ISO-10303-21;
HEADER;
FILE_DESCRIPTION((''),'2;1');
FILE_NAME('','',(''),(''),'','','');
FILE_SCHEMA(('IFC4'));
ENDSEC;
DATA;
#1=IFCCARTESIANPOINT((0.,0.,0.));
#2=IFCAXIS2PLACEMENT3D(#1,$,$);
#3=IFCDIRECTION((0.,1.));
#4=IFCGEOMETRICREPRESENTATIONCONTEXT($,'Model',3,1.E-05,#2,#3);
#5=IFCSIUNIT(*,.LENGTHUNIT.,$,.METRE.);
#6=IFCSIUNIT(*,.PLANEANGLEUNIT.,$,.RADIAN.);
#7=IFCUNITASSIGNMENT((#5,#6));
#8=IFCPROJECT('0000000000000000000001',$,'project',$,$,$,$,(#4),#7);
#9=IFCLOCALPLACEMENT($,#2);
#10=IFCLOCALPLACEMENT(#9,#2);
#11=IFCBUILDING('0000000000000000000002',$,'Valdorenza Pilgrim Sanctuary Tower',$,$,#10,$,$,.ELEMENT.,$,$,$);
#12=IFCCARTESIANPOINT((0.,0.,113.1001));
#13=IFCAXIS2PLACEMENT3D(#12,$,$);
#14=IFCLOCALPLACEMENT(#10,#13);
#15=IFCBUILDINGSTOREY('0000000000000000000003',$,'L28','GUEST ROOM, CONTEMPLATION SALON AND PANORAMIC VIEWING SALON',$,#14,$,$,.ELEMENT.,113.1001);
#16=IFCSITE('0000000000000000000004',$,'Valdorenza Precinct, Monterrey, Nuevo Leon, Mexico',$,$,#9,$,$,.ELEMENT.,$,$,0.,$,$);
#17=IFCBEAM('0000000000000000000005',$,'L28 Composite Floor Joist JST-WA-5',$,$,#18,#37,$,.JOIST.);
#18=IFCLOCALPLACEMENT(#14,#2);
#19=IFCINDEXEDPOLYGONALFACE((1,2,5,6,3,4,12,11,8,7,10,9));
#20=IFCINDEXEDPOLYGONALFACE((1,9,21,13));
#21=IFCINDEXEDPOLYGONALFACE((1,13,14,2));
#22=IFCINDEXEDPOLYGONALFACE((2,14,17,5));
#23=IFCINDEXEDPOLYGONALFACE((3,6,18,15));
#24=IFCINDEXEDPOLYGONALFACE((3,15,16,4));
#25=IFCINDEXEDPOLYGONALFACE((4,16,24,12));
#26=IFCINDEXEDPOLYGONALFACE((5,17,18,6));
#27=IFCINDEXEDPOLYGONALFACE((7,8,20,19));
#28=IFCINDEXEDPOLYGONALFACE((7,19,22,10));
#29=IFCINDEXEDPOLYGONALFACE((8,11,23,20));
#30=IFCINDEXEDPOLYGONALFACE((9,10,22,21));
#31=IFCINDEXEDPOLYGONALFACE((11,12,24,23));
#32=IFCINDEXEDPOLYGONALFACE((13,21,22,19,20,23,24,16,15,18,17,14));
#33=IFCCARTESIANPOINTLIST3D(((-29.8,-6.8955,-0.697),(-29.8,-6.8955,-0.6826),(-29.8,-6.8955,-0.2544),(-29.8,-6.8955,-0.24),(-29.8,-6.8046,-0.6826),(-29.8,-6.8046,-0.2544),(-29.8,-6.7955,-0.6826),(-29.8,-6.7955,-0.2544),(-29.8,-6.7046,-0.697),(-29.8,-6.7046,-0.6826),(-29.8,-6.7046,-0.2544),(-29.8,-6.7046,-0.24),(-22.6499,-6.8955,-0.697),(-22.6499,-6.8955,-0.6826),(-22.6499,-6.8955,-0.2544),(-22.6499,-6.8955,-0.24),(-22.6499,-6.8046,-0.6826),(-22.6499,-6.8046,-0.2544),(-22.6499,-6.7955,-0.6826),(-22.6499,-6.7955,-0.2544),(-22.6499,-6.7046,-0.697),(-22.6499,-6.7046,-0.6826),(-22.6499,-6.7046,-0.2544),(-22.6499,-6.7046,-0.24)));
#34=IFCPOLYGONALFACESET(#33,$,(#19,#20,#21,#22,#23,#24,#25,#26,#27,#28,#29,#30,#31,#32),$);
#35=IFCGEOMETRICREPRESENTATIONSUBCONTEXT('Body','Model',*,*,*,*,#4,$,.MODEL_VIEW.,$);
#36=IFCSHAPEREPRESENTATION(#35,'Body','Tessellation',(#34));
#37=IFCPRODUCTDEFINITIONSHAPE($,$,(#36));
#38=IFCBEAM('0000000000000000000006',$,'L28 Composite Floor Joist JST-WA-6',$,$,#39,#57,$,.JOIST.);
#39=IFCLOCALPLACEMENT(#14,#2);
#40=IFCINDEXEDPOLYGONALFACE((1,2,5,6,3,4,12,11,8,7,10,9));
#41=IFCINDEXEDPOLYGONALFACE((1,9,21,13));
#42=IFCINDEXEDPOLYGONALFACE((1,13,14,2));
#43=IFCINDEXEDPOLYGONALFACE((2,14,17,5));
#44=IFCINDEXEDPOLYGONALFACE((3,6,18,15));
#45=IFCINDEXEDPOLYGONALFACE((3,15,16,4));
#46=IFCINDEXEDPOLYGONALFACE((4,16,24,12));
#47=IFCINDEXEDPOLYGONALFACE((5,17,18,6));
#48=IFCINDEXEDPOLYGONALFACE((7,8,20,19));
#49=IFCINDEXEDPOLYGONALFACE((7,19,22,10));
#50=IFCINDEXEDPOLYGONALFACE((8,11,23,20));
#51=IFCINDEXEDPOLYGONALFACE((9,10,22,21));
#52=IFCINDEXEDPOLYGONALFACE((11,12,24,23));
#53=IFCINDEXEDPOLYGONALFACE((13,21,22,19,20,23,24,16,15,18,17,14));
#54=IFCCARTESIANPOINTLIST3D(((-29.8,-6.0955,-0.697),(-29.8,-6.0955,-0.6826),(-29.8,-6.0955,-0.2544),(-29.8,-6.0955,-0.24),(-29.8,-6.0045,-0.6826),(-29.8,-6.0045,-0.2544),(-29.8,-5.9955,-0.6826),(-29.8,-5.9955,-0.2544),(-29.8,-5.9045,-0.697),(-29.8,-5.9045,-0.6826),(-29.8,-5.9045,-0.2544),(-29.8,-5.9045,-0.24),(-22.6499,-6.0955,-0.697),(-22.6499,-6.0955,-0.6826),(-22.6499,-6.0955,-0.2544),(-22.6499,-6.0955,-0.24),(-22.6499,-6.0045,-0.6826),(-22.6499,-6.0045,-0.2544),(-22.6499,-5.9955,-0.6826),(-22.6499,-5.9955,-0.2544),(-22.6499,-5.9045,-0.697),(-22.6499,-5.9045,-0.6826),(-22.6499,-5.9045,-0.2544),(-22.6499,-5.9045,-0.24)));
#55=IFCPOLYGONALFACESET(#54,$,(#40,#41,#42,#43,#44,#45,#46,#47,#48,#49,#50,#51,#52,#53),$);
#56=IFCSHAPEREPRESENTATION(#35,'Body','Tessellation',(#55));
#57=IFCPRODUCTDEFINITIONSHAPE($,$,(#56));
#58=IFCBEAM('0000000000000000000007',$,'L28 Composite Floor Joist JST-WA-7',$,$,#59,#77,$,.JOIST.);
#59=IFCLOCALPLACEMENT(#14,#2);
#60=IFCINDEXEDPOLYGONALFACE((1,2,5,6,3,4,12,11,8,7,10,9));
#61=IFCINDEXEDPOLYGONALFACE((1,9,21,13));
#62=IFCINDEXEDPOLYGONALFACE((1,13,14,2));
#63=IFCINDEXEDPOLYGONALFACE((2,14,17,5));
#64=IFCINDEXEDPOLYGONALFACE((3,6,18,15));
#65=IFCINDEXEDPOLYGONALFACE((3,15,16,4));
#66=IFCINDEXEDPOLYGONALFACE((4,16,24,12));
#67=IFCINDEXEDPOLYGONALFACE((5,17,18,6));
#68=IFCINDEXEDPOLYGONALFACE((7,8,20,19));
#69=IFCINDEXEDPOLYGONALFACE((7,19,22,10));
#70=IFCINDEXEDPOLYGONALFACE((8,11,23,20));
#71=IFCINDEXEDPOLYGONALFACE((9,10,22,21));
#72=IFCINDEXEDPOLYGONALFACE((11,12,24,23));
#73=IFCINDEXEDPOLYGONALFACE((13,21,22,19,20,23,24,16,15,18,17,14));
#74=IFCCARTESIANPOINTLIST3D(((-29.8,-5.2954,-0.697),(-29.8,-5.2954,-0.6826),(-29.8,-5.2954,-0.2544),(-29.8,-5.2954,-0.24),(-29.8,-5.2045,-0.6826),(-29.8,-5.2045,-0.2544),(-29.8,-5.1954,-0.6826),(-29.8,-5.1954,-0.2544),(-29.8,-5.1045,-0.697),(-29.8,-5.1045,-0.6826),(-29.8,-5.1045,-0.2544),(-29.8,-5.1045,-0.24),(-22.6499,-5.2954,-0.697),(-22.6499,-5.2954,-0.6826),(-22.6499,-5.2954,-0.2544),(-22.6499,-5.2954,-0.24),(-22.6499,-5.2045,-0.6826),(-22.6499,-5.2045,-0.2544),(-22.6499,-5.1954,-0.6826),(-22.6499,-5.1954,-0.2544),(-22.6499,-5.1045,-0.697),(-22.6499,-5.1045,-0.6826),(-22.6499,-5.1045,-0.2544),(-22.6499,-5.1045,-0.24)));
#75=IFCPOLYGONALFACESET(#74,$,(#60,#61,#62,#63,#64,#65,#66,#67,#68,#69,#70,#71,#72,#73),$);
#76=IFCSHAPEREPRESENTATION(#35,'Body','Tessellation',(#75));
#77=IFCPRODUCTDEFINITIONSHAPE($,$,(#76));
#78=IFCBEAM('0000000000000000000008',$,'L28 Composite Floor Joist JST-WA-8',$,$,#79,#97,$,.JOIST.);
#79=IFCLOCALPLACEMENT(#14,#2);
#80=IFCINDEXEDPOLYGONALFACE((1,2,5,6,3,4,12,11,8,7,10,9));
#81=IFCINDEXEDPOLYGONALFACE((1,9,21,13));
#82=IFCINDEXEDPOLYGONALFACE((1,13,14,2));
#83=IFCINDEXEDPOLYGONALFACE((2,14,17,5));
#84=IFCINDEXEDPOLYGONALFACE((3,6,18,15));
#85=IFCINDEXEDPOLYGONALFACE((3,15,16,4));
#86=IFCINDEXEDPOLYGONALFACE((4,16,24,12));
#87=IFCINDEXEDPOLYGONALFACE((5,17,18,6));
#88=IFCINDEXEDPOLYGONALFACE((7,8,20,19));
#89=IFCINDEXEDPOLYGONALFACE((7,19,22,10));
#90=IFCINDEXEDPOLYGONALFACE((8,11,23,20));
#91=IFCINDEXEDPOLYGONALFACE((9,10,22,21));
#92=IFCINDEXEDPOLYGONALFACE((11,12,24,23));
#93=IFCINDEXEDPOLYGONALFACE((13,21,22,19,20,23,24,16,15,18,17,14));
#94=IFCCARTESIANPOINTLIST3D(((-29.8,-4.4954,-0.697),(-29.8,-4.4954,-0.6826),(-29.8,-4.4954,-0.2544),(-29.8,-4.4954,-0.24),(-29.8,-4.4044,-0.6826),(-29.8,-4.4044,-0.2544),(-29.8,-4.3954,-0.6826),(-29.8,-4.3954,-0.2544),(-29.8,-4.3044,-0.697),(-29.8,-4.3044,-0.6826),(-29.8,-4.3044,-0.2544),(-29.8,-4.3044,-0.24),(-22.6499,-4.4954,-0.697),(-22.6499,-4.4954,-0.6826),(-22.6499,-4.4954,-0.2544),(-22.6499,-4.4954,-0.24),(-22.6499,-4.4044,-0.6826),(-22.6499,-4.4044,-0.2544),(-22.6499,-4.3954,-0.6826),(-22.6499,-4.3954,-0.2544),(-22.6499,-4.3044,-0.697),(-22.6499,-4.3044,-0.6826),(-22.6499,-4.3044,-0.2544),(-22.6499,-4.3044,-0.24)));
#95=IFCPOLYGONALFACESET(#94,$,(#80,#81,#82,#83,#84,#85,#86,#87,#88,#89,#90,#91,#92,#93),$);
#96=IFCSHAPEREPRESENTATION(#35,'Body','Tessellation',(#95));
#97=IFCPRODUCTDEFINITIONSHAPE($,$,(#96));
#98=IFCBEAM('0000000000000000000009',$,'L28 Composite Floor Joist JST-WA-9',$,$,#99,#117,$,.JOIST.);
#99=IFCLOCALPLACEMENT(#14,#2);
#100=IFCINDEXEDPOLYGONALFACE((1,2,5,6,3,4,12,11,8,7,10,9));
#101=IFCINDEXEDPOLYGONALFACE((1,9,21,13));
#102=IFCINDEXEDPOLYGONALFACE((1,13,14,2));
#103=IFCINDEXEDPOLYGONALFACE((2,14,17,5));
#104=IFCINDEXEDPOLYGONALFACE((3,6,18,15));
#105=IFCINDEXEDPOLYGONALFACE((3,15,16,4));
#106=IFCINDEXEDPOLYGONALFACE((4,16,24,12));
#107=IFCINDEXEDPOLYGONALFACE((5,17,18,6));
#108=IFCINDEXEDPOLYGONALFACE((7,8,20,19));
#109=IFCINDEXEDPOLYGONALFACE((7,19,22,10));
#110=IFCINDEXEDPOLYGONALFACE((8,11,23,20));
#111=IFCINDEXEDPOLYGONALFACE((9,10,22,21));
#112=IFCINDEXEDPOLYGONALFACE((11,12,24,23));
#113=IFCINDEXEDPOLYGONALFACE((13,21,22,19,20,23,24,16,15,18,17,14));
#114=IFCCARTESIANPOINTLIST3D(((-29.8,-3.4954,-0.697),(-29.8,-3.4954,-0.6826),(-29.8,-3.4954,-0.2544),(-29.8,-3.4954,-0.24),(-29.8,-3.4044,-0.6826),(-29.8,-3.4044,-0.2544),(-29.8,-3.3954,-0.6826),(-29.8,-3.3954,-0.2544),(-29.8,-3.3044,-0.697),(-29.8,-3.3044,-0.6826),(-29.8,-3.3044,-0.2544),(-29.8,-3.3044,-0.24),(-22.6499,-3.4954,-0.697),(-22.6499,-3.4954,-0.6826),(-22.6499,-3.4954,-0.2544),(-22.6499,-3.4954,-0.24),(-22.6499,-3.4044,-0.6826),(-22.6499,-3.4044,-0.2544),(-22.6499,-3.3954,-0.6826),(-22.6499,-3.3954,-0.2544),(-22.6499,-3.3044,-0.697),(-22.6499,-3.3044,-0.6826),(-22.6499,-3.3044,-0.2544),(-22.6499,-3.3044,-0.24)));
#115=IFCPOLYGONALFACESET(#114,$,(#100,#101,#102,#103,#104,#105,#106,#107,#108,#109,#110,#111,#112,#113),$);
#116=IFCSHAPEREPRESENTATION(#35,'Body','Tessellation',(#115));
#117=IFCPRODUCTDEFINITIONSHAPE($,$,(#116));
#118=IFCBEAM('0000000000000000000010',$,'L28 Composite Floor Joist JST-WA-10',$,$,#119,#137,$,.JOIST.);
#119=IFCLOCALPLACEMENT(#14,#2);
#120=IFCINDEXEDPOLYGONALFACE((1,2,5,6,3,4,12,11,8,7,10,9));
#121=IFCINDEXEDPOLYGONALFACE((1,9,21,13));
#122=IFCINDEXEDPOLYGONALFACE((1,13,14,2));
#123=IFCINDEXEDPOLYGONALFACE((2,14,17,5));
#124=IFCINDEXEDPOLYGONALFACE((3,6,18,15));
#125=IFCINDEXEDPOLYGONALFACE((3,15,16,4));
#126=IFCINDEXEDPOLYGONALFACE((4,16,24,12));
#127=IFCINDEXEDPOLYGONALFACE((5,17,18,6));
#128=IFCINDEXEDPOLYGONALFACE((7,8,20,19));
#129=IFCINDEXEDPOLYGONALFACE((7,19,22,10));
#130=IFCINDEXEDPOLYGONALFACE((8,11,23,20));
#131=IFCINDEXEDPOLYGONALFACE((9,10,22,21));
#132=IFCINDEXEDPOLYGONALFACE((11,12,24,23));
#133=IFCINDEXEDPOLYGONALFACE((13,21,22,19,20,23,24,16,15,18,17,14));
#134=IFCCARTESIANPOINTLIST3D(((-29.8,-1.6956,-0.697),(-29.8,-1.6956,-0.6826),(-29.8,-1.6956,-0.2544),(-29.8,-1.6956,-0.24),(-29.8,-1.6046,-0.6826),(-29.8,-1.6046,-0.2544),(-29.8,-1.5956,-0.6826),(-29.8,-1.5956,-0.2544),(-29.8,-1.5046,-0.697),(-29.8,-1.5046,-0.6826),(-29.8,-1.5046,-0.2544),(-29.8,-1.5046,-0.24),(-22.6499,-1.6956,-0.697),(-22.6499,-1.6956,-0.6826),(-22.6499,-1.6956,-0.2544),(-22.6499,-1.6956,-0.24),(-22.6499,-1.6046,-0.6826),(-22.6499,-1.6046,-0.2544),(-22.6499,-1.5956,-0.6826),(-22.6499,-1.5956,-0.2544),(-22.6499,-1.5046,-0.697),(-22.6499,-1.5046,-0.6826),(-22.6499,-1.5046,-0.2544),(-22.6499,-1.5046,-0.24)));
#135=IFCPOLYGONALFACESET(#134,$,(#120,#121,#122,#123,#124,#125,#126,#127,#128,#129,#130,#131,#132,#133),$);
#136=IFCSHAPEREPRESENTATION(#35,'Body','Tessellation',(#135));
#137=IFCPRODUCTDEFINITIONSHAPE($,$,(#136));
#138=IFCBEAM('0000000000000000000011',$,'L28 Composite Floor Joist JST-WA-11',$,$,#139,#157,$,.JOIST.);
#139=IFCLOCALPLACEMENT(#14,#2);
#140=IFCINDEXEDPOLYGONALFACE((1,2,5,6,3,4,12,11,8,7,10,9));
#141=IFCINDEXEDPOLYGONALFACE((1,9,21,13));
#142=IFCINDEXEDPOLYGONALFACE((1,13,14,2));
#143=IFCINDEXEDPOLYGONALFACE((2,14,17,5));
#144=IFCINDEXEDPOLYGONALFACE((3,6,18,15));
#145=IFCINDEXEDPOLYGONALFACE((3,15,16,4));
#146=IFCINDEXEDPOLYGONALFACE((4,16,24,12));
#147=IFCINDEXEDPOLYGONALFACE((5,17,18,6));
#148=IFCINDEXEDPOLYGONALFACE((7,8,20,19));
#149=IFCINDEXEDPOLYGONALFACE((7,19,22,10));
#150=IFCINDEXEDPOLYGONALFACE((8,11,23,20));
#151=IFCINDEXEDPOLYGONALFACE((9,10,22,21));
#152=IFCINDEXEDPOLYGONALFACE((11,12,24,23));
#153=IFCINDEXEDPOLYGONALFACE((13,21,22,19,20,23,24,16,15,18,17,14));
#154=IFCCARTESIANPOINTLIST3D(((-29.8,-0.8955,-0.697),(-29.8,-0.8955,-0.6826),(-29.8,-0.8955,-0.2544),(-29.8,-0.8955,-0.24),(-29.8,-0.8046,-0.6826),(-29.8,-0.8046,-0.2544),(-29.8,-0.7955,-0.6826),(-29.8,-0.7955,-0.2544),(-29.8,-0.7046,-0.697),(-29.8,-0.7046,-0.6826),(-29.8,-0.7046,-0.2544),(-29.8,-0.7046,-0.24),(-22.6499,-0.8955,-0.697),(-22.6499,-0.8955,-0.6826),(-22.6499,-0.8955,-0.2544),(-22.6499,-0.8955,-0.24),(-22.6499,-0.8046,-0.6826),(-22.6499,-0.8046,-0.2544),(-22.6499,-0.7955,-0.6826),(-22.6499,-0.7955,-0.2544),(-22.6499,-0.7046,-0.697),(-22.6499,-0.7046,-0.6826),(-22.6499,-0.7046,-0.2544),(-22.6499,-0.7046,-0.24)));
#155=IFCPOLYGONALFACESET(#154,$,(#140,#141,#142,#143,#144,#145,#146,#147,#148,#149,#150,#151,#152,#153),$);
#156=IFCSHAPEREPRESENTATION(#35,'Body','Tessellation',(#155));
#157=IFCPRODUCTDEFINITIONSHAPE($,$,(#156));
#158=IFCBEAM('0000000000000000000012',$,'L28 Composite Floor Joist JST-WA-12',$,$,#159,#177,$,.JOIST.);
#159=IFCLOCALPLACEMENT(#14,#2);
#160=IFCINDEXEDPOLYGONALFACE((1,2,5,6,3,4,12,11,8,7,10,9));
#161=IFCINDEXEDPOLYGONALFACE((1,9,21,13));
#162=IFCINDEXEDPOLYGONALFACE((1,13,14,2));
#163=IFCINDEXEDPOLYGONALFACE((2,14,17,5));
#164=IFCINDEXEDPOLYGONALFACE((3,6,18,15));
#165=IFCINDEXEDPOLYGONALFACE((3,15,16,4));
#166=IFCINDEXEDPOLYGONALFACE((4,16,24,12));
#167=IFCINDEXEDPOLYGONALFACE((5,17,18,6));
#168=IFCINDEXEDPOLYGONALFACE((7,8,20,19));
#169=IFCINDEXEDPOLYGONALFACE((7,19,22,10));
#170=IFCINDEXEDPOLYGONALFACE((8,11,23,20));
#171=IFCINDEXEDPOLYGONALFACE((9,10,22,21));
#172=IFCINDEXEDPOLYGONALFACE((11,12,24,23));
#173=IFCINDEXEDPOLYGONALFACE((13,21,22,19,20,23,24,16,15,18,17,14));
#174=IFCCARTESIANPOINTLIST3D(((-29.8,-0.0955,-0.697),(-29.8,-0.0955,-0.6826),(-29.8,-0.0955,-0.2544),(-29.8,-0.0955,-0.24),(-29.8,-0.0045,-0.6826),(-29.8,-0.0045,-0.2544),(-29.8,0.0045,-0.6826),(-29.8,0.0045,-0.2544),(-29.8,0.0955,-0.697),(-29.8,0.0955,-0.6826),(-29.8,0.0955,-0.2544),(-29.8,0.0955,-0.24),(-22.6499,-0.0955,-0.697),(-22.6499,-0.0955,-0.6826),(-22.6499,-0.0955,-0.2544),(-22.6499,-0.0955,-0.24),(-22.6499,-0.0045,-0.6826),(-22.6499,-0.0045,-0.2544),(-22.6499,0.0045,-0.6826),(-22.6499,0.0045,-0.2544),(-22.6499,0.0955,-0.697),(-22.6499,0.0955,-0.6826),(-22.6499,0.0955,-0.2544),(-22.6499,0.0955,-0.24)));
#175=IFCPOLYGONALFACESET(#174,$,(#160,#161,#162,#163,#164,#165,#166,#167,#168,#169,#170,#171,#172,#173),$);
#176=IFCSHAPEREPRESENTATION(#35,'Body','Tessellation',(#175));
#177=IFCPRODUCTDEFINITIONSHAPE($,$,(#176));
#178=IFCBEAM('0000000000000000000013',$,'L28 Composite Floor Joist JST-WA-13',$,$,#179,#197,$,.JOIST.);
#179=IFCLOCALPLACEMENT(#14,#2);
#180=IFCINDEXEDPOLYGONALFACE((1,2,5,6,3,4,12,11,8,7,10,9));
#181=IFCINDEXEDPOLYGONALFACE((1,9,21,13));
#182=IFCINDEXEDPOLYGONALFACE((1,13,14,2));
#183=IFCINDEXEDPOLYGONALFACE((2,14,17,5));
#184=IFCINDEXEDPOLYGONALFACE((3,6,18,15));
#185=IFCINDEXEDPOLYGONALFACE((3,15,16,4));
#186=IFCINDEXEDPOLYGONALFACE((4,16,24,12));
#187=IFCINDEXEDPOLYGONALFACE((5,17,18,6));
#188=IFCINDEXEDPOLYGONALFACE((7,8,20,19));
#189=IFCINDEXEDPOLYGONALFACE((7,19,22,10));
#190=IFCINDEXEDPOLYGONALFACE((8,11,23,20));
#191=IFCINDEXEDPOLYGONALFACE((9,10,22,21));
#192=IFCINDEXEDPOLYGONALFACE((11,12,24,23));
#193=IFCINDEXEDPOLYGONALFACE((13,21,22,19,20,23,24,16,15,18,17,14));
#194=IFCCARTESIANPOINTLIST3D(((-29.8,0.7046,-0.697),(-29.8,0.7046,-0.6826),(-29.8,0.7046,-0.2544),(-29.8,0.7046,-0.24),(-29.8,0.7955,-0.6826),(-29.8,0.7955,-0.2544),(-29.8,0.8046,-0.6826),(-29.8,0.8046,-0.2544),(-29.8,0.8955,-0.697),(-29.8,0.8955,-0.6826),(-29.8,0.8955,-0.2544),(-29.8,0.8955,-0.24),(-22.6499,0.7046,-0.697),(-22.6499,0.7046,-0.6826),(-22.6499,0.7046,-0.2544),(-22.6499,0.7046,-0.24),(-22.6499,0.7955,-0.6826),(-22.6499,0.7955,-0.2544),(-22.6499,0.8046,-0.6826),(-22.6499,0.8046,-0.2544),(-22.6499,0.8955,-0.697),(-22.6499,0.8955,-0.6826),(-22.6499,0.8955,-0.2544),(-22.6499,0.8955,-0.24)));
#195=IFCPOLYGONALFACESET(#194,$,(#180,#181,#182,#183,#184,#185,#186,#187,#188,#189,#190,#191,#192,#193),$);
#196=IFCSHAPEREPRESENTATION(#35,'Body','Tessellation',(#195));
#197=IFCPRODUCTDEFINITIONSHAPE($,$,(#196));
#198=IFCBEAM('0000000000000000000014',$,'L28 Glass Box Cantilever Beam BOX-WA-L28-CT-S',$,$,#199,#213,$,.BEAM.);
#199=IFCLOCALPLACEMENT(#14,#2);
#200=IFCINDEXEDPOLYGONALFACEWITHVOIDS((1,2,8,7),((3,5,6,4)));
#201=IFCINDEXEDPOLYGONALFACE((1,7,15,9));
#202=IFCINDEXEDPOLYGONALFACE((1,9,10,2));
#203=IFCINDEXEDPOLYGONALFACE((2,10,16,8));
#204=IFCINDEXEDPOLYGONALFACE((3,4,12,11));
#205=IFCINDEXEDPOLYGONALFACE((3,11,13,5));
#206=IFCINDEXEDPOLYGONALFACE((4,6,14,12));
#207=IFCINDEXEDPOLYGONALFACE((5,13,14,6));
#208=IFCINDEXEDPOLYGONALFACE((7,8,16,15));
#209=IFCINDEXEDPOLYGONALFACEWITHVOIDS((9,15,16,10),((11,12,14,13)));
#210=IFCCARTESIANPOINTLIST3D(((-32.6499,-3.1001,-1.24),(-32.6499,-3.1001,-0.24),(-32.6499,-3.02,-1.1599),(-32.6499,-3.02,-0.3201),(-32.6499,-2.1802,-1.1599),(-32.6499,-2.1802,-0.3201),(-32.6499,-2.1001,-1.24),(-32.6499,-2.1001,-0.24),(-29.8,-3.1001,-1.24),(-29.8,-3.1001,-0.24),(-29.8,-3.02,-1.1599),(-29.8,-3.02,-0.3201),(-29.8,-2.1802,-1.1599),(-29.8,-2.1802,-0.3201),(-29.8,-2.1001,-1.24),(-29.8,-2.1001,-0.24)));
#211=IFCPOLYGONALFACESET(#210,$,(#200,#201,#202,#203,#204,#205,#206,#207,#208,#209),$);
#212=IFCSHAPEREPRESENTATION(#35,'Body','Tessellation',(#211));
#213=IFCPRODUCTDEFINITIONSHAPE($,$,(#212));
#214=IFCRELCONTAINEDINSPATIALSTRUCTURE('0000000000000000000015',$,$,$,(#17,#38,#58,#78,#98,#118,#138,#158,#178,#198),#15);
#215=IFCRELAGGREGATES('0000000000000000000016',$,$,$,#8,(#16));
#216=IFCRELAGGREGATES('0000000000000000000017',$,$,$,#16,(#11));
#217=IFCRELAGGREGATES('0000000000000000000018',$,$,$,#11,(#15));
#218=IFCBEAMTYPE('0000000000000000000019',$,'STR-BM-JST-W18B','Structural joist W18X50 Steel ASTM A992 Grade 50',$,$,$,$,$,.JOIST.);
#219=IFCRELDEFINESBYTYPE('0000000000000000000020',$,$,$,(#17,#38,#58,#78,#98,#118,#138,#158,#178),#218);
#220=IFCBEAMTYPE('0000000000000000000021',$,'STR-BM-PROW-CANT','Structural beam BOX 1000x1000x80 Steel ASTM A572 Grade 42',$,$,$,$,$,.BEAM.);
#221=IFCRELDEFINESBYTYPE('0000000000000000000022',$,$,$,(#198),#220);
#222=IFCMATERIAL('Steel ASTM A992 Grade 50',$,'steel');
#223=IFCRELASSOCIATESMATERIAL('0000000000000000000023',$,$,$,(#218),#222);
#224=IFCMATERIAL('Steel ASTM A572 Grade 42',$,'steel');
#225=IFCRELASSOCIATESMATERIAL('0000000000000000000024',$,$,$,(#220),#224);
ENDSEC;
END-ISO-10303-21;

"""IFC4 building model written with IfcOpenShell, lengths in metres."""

from ifc_helpers import new_model, si_unit, direction, frame, origin, origin_2d, place, context, subcontext, project, spatial, hollow_rectangle, i_section, extrude, source, transform, mapped, material, material_profile, profile_set, type_object, element, save


model = new_model("IFC4")

# Units and contexts
model_context = context("Model", 3, precision=1e-05, world=origin(), true_north=direction((0.0, 1.0)))
body_context = subcontext(model_context, "Body", "Model", "MODEL_VIEW")
ifc_project = project(units=[si_unit("LENGTHUNIT", "METRE"), si_unit("PLANEANGLEUNIT", "RADIAN")], contexts=[model_context])

# Site, building, storey
site_placement = place(None, origin())
site = spatial("IfcSite", under=ifc_project, at=site_placement, Name="Valdorenza Precinct, Monterrey, Nuevo Leon, Mexico", CompositionType="ELEMENT", RefElevation=0.0)
building_placement = place(site_placement, origin())
building = spatial("IfcBuilding", under=site, at=building_placement, Name="Valdorenza Pilgrim Sanctuary Tower", CompositionType="ELEMENT")
storey_placement = place(building_placement, frame((0.0, 0.0, 113.1001)))
storey = spatial("IfcBuildingStorey", under=building, at=storey_placement, Name="L28", Description="GUEST ROOM, CONTEMPLATION SALON AND PANORAMIC VIEWING SALON", CompositionType="ELEMENT", Elevation=113.1001)

# Beams
ifc_material_1 = material(Name="Steel ASTM A992 Grade 50", Category="steel")
ifc_material_profile_1 = material_profile(ifc_material_1, i_section(OverallWidth=0.1909, OverallDepth=0.457, WebThickness=0.009, FlangeThickness=0.0144, at=origin_2d()), Name="W18X50")
ifc_profile_set_1 = profile_set([ifc_material_profile_1], Name="Steel ASTM A992 Grade 50")
beam_type_1 = type_object("IfcBeamType", Name="STR-BM-JST-W18B", Description="Structural joist W18X50 Steel ASTM A992 Grade 50", PredefinedType="JOIST", material=ifc_profile_set_1)
shared_shape_1 = source(origin(), body_context, "Body", "SweptSolid", [
    extrude(i_section(OverallWidth=0.1909, OverallDepth=0.457, WebThickness=0.009, FlangeThickness=0.0144, at=origin_2d()), origin(), (0.0, 0.0, 1.0), 7.1501),
])
for number, where, z_axis, x_axis, name in (
    (1, (-29.8, -6.8, -0.4685), (1.0, 0.0, 0.0), (0.0, 1.0, 0.0), "L28 Composite Floor Joist JST-WA-5"),
    (2, (-29.8, -6.0, -0.4685), (1.0, 0.0, 0.0), (0.0, 1.0, 0.0), "L28 Composite Floor Joist JST-WA-6"),
    (3, (-29.8, -5.2, -0.4685), (1.0, 0.0, 0.0), (0.0, 1.0, 0.0), "L28 Composite Floor Joist JST-WA-7"),
    (4, (-29.8, -4.3999, -0.4685), (1.0, 0.0, 0.0), (0.0, 1.0, 0.0), "L28 Composite Floor Joist JST-WA-8"),
    (5, (-29.8, -3.3999, -0.4685), (1.0, 0.0, 0.0), (0.0, 1.0, 0.0), "L28 Composite Floor Joist JST-WA-9"),
    (6, (-29.8, -1.6001, -0.4685), (1.0, 0.0, 0.0), (0.0, 1.0, 0.0), "L28 Composite Floor Joist JST-WA-10"),
    (7, (-29.8, -0.8, -0.4685), (1.0, 0.0, 0.0), (0.0, 1.0, 0.0), "L28 Composite Floor Joist JST-WA-11"),
    (8, (-29.8, 0.0, -0.4685), (1.0, 0.0, 0.0), (0.0, 1.0, 0.0), "L28 Composite Floor Joist JST-WA-12"),
    (9, (-29.8, 0.8, -0.4685), (1.0, 0.0, 0.0), (0.0, 1.0, 0.0), "L28 Composite Floor Joist JST-WA-13"),
):
    element("IfcBeam", number, at=place(storey_placement, frame(where, z_axis=z_axis, x_axis=x_axis)), inside=storey, type_object=beam_type_1, Name=name, PredefinedType="JOIST", context=body_context, shape_type="MappedRepresentation", body=[
        mapped(shared_shape_1, transform((0.0, 0.0, 0.0), x_axis=(1.0, 0.0, 0.0), y_axis=(0.0, 1.0, 0.0), z_axis=(0.0, 0.0, 1.0), scale=1.0)),
    ])
ifc_material_2 = material(Name="Steel ASTM A572 Grade 42", Category="steel")
ifc_material_profile_2 = material_profile(ifc_material_2, hollow_rectangle(XDim=1.0, YDim=1.0, WallThickness=0.0801, at=origin_2d()), Name="BOX 1000x1000x80")
ifc_profile_set_2 = profile_set([ifc_material_profile_2], Name="Steel ASTM A572 Grade 42")
beam_type_2 = type_object("IfcBeamType", Name="STR-BM-PROW-CANT", Description="Structural beam BOX 1000x1000x80 Steel ASTM A572 Grade 42", PredefinedType="BEAM", material=ifc_profile_set_2)
shared_shape_2 = source(origin(), body_context, "Body", "SweptSolid", [
    extrude(hollow_rectangle(XDim=1.0, YDim=1.0, WallThickness=0.0801, at=origin_2d()), origin(), (0.0, 0.0, 1.0), 2.8499),
])
beam_1_placement = place(storey_placement, frame((-29.8, -2.6001, -0.74), z_axis=(-1.0, 0.0, 0.0), x_axis=(0.0, -1.0, 0.0)))
element("IfcBeam", 10, at=beam_1_placement, inside=storey, type_object=beam_type_2, Name="L28 Glass Box Cantilever Beam BOX-WA-L28-CT-S", PredefinedType="BEAM", context=body_context, shape_type="MappedRepresentation", body=[
    mapped(shared_shape_2, transform((0.0, 0.0, 0.0), x_axis=(1.0, 0.0, 0.0), y_axis=(0.0, 1.0, 0.0), z_axis=(0.0, 0.0, 1.0), scale=1.0)),
])

save(model, "model.ifc")
